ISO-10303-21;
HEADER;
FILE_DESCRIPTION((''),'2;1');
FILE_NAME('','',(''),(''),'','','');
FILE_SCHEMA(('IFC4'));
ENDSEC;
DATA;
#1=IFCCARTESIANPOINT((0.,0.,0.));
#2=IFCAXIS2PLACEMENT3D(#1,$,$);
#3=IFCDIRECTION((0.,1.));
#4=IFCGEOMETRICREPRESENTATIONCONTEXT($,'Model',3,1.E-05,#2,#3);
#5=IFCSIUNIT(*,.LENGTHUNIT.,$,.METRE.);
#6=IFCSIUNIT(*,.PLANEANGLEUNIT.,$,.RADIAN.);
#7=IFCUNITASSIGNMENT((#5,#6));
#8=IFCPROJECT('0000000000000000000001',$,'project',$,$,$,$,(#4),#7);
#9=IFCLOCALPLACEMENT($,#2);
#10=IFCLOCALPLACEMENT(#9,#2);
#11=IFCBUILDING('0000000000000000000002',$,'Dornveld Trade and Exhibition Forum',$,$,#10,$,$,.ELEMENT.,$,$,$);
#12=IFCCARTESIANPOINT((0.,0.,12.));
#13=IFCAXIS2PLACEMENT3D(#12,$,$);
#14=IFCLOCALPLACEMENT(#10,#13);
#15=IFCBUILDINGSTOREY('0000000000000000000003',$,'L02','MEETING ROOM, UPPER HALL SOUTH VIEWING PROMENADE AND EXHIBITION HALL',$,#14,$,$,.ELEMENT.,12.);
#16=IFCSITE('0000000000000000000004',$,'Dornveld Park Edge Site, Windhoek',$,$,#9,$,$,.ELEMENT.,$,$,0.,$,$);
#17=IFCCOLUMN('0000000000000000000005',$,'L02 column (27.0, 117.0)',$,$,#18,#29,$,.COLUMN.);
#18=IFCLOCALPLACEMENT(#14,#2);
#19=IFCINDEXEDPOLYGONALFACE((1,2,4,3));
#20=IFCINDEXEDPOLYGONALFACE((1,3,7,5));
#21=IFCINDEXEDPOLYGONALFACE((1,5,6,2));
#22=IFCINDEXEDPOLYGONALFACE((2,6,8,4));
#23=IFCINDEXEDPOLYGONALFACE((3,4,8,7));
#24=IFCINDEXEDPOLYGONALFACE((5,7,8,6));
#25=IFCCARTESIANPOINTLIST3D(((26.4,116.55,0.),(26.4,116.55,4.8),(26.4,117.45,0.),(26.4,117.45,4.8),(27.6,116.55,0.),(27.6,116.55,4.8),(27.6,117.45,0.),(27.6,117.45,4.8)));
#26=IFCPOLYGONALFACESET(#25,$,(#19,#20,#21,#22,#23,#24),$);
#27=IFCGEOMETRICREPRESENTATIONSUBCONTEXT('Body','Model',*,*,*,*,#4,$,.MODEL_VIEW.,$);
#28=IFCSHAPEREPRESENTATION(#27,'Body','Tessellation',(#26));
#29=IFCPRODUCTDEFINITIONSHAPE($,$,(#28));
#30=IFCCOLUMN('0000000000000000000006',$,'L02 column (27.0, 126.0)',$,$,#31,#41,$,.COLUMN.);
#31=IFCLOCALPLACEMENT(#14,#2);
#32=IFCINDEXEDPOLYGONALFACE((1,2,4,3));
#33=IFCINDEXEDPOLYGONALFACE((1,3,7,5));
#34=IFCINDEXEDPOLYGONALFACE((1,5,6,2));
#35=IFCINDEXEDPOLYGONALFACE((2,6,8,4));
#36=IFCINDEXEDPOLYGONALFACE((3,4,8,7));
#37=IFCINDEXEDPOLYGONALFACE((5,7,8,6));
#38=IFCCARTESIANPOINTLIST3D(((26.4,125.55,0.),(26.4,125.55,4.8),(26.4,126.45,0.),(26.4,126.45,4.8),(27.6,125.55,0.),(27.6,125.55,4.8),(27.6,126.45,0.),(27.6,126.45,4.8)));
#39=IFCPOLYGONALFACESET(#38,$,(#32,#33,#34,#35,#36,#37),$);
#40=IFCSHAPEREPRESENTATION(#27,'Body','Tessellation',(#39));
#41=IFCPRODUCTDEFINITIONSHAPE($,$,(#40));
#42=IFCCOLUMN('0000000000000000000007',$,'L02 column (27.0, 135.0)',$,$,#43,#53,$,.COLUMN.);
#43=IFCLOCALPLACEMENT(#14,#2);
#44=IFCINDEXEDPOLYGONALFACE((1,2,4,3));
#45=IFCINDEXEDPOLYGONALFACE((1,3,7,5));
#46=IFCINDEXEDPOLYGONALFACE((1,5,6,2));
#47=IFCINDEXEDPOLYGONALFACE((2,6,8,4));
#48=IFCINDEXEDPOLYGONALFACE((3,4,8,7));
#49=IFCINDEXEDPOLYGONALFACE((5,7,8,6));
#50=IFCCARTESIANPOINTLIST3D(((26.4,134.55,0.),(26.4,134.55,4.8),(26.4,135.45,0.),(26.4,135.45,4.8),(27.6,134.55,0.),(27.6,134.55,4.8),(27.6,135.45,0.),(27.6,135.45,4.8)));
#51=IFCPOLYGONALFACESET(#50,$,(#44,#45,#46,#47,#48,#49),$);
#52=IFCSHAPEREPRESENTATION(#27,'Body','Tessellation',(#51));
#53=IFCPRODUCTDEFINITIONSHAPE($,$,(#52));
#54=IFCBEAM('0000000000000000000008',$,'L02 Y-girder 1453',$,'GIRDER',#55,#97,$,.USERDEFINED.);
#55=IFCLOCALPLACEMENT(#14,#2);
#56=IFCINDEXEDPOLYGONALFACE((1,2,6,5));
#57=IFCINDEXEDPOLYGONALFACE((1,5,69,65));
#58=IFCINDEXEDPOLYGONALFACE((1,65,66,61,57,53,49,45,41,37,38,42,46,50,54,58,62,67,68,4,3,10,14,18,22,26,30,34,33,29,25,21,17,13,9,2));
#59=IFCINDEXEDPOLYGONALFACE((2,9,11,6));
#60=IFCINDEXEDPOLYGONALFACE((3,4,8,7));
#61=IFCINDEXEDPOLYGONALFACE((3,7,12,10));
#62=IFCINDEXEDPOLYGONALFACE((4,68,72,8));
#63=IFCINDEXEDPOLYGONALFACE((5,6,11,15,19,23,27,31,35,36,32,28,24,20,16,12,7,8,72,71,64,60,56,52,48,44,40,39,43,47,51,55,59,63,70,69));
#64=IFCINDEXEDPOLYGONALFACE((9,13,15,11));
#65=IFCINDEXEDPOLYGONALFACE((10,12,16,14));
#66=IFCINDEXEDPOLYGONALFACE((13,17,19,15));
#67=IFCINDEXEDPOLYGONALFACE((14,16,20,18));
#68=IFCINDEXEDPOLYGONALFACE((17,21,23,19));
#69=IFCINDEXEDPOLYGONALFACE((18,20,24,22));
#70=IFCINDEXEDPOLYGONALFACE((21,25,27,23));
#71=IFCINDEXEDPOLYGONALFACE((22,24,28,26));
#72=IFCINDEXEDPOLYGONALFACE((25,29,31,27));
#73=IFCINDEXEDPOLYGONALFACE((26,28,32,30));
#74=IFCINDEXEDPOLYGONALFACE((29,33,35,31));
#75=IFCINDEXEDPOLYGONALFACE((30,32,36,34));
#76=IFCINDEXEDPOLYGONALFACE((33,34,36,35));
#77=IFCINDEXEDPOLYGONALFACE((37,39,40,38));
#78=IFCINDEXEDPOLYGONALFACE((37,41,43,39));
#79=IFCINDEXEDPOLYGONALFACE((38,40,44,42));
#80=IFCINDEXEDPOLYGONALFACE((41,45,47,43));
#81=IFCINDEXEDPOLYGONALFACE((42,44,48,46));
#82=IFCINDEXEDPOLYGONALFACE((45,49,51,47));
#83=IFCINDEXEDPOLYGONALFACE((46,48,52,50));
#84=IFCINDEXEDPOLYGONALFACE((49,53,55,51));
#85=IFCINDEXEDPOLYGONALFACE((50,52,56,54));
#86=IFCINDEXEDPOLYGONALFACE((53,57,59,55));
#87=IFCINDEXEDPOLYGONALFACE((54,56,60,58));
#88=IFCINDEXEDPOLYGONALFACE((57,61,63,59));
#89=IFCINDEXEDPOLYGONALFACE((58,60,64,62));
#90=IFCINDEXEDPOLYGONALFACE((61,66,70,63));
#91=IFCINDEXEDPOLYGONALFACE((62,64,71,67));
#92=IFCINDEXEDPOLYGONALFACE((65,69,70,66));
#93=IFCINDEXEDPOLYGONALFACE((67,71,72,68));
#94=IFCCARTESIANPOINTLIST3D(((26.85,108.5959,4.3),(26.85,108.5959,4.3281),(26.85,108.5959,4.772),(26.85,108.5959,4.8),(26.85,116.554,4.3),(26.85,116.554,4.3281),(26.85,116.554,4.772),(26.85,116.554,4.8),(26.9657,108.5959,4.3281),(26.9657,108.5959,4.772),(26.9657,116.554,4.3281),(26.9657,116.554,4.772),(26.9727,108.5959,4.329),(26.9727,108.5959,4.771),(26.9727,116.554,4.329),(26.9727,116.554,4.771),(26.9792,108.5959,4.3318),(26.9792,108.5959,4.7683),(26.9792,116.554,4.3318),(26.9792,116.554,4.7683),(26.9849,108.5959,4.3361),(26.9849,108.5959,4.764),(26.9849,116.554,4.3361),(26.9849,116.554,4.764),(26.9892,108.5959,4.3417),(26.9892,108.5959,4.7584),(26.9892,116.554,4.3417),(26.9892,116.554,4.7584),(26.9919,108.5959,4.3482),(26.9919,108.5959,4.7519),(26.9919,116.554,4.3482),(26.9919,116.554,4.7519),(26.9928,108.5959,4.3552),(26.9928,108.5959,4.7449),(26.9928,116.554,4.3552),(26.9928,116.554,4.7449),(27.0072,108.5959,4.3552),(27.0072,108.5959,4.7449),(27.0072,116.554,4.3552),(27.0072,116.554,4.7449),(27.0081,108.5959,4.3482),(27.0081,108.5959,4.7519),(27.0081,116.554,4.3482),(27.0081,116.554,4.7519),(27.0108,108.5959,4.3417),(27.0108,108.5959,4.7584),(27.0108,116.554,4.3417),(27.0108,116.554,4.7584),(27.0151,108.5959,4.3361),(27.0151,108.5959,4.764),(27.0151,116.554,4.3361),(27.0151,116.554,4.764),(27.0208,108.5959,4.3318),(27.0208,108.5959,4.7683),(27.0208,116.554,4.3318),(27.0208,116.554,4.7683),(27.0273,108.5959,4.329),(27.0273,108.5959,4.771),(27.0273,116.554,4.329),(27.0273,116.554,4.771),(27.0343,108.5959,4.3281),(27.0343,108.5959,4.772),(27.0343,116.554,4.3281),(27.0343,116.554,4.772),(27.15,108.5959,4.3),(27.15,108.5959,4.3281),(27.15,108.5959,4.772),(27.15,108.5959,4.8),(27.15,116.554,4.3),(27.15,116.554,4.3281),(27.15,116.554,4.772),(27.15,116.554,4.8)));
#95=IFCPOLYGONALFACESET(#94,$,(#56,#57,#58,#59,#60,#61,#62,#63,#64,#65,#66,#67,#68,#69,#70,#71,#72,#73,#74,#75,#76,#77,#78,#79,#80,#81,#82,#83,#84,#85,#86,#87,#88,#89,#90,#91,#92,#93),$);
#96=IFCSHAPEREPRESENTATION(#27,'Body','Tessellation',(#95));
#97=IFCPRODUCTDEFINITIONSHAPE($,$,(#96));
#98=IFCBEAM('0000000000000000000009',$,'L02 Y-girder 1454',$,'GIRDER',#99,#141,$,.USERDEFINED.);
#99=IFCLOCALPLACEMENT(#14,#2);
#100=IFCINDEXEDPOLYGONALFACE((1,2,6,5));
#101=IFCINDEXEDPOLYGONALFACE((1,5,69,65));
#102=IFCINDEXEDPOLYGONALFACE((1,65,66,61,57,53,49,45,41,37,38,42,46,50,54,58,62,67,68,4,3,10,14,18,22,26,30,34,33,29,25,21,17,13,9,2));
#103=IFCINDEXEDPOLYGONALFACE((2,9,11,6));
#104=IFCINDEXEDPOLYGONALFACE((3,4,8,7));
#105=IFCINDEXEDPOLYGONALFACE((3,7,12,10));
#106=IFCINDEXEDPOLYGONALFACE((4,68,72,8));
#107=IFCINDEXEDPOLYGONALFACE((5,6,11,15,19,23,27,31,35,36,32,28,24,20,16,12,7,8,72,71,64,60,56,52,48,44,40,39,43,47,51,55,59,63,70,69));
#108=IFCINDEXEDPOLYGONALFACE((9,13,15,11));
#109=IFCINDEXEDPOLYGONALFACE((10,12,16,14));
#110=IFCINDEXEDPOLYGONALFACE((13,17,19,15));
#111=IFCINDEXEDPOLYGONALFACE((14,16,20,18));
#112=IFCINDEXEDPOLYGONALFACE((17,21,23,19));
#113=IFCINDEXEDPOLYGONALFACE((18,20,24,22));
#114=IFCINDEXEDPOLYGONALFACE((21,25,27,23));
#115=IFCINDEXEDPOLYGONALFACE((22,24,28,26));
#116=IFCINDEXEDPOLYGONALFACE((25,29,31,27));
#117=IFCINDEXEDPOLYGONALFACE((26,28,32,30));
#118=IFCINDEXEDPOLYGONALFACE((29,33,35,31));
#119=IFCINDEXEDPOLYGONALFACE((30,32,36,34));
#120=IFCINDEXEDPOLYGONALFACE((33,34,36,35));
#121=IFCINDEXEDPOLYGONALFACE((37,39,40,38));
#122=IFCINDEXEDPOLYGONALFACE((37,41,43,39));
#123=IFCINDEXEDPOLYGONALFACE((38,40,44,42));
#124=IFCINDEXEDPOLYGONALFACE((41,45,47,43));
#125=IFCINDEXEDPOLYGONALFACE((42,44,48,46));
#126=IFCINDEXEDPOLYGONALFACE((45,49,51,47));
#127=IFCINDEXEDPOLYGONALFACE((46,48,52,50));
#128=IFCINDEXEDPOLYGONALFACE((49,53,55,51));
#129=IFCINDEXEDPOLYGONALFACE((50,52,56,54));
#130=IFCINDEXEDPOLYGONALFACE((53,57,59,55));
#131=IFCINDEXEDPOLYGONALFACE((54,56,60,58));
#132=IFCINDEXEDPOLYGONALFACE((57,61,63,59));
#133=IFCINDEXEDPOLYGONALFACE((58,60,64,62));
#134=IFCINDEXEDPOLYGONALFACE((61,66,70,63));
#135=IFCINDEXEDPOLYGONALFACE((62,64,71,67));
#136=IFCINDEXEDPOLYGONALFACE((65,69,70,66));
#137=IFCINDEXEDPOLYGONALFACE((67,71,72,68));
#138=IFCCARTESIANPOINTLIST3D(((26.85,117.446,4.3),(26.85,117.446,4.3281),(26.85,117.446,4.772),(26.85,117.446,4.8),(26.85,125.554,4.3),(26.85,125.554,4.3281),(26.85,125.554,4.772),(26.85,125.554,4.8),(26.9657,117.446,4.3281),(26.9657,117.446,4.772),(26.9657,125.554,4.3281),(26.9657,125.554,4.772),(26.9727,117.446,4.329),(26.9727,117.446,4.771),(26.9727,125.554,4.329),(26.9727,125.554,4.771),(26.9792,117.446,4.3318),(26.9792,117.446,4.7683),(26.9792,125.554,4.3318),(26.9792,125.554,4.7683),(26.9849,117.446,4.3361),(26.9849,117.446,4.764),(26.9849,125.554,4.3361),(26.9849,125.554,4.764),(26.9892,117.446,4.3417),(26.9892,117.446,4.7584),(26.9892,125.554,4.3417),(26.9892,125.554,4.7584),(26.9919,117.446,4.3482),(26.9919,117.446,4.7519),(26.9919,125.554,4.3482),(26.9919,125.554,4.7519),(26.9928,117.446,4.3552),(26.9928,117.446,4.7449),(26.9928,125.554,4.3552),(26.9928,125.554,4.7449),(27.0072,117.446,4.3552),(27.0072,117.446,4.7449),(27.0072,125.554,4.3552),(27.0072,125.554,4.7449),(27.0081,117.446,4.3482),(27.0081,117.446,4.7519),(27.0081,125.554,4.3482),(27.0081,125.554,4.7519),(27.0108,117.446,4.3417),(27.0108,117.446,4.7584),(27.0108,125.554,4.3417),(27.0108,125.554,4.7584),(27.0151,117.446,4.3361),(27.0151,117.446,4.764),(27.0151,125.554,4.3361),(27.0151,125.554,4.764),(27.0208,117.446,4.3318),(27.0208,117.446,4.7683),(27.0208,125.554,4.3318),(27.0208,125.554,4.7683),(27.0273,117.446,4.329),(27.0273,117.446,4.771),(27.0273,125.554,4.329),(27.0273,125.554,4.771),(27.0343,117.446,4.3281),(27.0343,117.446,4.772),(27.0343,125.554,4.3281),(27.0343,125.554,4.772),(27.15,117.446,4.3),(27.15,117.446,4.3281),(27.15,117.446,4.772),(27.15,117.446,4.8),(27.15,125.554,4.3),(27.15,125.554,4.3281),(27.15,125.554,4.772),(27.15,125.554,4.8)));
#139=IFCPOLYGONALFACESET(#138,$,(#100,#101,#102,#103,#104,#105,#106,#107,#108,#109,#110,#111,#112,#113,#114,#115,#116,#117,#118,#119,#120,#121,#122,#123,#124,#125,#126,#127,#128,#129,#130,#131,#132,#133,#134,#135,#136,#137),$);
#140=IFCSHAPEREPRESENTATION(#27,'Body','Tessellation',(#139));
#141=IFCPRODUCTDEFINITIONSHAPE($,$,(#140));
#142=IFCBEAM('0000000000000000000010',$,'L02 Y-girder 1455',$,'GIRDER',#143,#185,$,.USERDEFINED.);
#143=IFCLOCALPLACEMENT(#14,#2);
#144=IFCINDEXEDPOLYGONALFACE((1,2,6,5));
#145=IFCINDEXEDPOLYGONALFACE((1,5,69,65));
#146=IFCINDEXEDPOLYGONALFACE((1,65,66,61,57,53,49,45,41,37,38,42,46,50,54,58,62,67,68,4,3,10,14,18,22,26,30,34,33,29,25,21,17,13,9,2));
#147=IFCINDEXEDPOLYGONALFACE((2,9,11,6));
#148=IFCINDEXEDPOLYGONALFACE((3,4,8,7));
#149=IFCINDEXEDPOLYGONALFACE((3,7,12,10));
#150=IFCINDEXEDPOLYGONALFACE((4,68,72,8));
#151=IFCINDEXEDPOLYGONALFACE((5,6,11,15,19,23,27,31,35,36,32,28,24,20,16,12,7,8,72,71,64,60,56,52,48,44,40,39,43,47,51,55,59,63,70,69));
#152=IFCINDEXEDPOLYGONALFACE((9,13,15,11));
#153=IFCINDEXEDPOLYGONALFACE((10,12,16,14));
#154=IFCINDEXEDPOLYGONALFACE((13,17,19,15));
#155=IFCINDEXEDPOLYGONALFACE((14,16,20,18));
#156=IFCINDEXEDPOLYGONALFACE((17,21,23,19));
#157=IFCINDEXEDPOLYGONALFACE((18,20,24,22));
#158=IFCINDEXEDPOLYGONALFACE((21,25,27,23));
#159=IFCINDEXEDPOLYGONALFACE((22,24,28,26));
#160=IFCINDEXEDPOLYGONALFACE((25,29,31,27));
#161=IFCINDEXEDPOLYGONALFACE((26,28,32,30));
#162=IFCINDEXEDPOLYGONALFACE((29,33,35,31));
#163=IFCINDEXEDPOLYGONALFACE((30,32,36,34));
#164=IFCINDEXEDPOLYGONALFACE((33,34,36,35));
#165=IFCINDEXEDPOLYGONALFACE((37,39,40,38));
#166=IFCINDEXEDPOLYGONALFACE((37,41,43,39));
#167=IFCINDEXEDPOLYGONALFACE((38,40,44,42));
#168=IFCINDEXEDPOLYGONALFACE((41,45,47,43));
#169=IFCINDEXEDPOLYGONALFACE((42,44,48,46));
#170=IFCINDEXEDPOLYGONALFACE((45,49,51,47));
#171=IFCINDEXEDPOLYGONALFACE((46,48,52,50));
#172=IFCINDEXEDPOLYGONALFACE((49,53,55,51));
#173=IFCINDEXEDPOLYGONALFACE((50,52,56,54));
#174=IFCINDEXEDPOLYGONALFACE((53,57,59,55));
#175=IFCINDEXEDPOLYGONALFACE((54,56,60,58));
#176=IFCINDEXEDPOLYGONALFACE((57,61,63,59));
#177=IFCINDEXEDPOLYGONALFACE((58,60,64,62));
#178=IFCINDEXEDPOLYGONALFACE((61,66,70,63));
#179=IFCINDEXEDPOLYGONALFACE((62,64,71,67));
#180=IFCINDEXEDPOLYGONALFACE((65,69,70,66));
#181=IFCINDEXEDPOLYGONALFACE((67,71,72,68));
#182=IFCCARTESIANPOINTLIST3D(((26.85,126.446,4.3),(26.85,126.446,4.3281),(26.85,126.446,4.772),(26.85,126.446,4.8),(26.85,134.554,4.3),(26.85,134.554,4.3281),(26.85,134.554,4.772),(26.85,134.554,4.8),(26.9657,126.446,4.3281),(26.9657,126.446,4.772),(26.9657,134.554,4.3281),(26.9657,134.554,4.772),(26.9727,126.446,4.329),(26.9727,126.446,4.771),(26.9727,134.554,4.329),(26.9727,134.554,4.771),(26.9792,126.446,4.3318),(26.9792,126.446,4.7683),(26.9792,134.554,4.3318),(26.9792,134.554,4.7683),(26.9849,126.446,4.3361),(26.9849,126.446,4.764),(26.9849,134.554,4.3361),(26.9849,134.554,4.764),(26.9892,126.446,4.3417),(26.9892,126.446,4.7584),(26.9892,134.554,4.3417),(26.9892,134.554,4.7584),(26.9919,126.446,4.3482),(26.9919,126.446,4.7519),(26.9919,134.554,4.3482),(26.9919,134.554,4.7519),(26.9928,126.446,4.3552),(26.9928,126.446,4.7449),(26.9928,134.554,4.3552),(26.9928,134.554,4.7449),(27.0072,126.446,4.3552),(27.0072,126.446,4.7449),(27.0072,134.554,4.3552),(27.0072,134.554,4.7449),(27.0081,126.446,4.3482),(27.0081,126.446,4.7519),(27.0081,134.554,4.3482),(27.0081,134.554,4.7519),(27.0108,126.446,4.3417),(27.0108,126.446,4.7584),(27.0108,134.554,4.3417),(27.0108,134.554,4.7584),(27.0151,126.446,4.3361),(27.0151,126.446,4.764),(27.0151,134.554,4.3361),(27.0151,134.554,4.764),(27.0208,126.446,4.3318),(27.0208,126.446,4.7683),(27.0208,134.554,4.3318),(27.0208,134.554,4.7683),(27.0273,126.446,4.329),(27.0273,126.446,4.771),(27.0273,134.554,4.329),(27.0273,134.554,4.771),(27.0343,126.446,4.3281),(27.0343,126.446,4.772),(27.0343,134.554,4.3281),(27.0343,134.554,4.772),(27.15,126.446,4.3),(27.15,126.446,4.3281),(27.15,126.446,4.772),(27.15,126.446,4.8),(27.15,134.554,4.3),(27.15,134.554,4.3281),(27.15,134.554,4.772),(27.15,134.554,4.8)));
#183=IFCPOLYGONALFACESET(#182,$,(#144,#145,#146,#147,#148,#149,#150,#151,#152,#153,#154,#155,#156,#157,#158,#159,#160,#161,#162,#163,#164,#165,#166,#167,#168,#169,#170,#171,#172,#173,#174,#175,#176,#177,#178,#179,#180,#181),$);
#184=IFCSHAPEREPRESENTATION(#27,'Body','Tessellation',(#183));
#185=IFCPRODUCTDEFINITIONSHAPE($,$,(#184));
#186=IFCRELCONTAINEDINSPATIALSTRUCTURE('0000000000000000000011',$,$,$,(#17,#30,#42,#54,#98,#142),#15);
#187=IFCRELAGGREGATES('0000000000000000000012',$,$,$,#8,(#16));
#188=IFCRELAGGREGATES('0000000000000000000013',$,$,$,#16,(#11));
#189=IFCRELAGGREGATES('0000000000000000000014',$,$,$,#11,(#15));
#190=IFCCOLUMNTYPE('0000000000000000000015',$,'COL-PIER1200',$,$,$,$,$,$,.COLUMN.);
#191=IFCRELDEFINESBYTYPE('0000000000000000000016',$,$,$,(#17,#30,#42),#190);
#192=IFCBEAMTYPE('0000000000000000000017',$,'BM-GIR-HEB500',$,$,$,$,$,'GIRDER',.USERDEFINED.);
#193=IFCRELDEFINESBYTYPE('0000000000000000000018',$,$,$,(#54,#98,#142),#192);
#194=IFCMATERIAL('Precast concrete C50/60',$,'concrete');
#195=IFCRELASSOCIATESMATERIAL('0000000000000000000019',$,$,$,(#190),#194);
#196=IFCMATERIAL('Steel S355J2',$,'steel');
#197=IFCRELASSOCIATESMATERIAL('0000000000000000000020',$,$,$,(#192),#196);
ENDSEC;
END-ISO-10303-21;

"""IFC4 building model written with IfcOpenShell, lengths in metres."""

from ifc_helpers import new_model, si_unit, direction, frame, origin, origin_2d, place, context, subcontext, project, spatial, rectangle, i_section, extrude, material, material_profile, profile_set, type_object, element, save


model = new_model("IFC4")

# Units and contexts
model_context = context("Model", 3, precision=1e-05, world=origin(), true_north=direction((0.0, 1.0)))
body_context = subcontext(model_context, "Body", "Model", "MODEL_VIEW")
ifc_project = project(units=[si_unit("LENGTHUNIT", "METRE"), si_unit("PLANEANGLEUNIT", "RADIAN")], contexts=[model_context])

# Site, building, storey
site_placement = place(None, origin())
site = spatial("IfcSite", under=ifc_project, at=site_placement, Name="Dornveld Park Edge Site, Windhoek", CompositionType="ELEMENT", RefElevation=0.0)
building_placement = place(site_placement, origin())
building = spatial("IfcBuilding", under=site, at=building_placement, Name="Dornveld Trade and Exhibition Forum", CompositionType="ELEMENT")
storey_placement = place(building_placement, frame((0.0, 0.0, 12.0)))
storey = spatial("IfcBuildingStorey", under=building, at=storey_placement, Name="L02", Description="MEETING ROOM, UPPER HALL SOUTH VIEWING PROMENADE AND EXHIBITION HALL", CompositionType="ELEMENT", Elevation=12.0)

# Columns
ifc_material_1 = material(Name="Precast concrete C50/60", Category="concrete")
ifc_material_profile_1 = material_profile(ifc_material_1, rectangle(XDim=1.2, YDim=0.8999, at=origin_2d()), Name="PC-PIER 1200x900")
ifc_profile_set_1 = profile_set([ifc_material_profile_1], Name="Precast concrete C50/60")
column_type = type_object("IfcColumnType", Name="COL-PIER1200", PredefinedType="COLUMN", material=ifc_profile_set_1)
for number, where, z_axis, x_axis, name in (
    (1, (27.0, 117.0, 0.0), (0.0, 0.0, 1.0), (1.0, 0.0, 0.0), "L02 column (27.0, 117.0)"),
    (2, (27.0, 126.0, 0.0), (0.0, 0.0, 1.0), (1.0, 0.0, 0.0), "L02 column (27.0, 126.0)"),
    (3, (27.0, 135.0, 0.0), (0.0, 0.0, 1.0), (1.0, 0.0, 0.0), "L02 column (27.0, 135.0)"),
):
    element("IfcColumn", number, at=place(storey_placement, frame(where, z_axis=z_axis, x_axis=x_axis)), inside=storey, type_object=column_type, Name=name, PredefinedType="COLUMN", context=body_context, shape_type="SweptSolid", body=[
        extrude(rectangle(XDim=1.2, YDim=0.8999, at=origin_2d()), origin(), (0.0, 0.0, 1.0), 4.8),
    ])

# Beams
ifc_material_2 = material(Name="Steel S355J2", Category="steel")
ifc_material_profile_2 = material_profile(ifc_material_2, i_section(OverallWidth=0.3, OverallDepth=0.5, WebThickness=0.0144, FlangeThickness=0.0281, FilletRadius=0.0271, at=origin_2d()), Name="HEB 500")
ifc_profile_set_2 = profile_set([ifc_material_profile_2], Name="Steel S355J2")
beam_type_1 = type_object("IfcBeamType", Name="BM-GIR-HEB500", ElementType="GIRDER", PredefinedType="USERDEFINED", material=ifc_profile_set_2)
beam_1_placement = place(storey_placement, frame((27.0, 108.5959, 4.55), z_axis=(0.0, 1.0, 0.0), x_axis=(-1.0, 0.0, 0.0)))
element("IfcBeam", 4, at=beam_1_placement, inside=storey, type_object=beam_type_1, Name="L02 Y-girder 1453", ObjectType="GIRDER", PredefinedType="USERDEFINED", context=body_context, shape_type="SweptSolid", body=[
    extrude(i_section(OverallWidth=0.3, OverallDepth=0.5, WebThickness=0.0144, FlangeThickness=0.0281, FilletRadius=0.0271, at=origin_2d()), origin(), (0.0, 0.0, 1.0), 7.958),
])
for number, where, z_axis, x_axis, name in (
    (5, (27.0, 117.446, 4.55), (0.0, 1.0, 0.0), (-1.0, 0.0, 0.0), "L02 Y-girder 1454"),
    (6, (27.0, 126.446, 4.55), (0.0, 1.0, 0.0), (-1.0, 0.0, 0.0), "L02 Y-girder 1455"),
):
    element("IfcBeam", number, at=place(storey_placement, frame(where, z_axis=z_axis, x_axis=x_axis)), inside=storey, type_object=beam_type_1, Name=name, ObjectType="GIRDER", PredefinedType="USERDEFINED", context=body_context, shape_type="SweptSolid", body=[
        extrude(i_section(OverallWidth=0.3, OverallDepth=0.5, WebThickness=0.0144, FlangeThickness=0.0281, FilletRadius=0.0271, at=origin_2d()), origin(), (0.0, 0.0, 1.0), 8.1079),
    ])

save(model, "model.ifc")
